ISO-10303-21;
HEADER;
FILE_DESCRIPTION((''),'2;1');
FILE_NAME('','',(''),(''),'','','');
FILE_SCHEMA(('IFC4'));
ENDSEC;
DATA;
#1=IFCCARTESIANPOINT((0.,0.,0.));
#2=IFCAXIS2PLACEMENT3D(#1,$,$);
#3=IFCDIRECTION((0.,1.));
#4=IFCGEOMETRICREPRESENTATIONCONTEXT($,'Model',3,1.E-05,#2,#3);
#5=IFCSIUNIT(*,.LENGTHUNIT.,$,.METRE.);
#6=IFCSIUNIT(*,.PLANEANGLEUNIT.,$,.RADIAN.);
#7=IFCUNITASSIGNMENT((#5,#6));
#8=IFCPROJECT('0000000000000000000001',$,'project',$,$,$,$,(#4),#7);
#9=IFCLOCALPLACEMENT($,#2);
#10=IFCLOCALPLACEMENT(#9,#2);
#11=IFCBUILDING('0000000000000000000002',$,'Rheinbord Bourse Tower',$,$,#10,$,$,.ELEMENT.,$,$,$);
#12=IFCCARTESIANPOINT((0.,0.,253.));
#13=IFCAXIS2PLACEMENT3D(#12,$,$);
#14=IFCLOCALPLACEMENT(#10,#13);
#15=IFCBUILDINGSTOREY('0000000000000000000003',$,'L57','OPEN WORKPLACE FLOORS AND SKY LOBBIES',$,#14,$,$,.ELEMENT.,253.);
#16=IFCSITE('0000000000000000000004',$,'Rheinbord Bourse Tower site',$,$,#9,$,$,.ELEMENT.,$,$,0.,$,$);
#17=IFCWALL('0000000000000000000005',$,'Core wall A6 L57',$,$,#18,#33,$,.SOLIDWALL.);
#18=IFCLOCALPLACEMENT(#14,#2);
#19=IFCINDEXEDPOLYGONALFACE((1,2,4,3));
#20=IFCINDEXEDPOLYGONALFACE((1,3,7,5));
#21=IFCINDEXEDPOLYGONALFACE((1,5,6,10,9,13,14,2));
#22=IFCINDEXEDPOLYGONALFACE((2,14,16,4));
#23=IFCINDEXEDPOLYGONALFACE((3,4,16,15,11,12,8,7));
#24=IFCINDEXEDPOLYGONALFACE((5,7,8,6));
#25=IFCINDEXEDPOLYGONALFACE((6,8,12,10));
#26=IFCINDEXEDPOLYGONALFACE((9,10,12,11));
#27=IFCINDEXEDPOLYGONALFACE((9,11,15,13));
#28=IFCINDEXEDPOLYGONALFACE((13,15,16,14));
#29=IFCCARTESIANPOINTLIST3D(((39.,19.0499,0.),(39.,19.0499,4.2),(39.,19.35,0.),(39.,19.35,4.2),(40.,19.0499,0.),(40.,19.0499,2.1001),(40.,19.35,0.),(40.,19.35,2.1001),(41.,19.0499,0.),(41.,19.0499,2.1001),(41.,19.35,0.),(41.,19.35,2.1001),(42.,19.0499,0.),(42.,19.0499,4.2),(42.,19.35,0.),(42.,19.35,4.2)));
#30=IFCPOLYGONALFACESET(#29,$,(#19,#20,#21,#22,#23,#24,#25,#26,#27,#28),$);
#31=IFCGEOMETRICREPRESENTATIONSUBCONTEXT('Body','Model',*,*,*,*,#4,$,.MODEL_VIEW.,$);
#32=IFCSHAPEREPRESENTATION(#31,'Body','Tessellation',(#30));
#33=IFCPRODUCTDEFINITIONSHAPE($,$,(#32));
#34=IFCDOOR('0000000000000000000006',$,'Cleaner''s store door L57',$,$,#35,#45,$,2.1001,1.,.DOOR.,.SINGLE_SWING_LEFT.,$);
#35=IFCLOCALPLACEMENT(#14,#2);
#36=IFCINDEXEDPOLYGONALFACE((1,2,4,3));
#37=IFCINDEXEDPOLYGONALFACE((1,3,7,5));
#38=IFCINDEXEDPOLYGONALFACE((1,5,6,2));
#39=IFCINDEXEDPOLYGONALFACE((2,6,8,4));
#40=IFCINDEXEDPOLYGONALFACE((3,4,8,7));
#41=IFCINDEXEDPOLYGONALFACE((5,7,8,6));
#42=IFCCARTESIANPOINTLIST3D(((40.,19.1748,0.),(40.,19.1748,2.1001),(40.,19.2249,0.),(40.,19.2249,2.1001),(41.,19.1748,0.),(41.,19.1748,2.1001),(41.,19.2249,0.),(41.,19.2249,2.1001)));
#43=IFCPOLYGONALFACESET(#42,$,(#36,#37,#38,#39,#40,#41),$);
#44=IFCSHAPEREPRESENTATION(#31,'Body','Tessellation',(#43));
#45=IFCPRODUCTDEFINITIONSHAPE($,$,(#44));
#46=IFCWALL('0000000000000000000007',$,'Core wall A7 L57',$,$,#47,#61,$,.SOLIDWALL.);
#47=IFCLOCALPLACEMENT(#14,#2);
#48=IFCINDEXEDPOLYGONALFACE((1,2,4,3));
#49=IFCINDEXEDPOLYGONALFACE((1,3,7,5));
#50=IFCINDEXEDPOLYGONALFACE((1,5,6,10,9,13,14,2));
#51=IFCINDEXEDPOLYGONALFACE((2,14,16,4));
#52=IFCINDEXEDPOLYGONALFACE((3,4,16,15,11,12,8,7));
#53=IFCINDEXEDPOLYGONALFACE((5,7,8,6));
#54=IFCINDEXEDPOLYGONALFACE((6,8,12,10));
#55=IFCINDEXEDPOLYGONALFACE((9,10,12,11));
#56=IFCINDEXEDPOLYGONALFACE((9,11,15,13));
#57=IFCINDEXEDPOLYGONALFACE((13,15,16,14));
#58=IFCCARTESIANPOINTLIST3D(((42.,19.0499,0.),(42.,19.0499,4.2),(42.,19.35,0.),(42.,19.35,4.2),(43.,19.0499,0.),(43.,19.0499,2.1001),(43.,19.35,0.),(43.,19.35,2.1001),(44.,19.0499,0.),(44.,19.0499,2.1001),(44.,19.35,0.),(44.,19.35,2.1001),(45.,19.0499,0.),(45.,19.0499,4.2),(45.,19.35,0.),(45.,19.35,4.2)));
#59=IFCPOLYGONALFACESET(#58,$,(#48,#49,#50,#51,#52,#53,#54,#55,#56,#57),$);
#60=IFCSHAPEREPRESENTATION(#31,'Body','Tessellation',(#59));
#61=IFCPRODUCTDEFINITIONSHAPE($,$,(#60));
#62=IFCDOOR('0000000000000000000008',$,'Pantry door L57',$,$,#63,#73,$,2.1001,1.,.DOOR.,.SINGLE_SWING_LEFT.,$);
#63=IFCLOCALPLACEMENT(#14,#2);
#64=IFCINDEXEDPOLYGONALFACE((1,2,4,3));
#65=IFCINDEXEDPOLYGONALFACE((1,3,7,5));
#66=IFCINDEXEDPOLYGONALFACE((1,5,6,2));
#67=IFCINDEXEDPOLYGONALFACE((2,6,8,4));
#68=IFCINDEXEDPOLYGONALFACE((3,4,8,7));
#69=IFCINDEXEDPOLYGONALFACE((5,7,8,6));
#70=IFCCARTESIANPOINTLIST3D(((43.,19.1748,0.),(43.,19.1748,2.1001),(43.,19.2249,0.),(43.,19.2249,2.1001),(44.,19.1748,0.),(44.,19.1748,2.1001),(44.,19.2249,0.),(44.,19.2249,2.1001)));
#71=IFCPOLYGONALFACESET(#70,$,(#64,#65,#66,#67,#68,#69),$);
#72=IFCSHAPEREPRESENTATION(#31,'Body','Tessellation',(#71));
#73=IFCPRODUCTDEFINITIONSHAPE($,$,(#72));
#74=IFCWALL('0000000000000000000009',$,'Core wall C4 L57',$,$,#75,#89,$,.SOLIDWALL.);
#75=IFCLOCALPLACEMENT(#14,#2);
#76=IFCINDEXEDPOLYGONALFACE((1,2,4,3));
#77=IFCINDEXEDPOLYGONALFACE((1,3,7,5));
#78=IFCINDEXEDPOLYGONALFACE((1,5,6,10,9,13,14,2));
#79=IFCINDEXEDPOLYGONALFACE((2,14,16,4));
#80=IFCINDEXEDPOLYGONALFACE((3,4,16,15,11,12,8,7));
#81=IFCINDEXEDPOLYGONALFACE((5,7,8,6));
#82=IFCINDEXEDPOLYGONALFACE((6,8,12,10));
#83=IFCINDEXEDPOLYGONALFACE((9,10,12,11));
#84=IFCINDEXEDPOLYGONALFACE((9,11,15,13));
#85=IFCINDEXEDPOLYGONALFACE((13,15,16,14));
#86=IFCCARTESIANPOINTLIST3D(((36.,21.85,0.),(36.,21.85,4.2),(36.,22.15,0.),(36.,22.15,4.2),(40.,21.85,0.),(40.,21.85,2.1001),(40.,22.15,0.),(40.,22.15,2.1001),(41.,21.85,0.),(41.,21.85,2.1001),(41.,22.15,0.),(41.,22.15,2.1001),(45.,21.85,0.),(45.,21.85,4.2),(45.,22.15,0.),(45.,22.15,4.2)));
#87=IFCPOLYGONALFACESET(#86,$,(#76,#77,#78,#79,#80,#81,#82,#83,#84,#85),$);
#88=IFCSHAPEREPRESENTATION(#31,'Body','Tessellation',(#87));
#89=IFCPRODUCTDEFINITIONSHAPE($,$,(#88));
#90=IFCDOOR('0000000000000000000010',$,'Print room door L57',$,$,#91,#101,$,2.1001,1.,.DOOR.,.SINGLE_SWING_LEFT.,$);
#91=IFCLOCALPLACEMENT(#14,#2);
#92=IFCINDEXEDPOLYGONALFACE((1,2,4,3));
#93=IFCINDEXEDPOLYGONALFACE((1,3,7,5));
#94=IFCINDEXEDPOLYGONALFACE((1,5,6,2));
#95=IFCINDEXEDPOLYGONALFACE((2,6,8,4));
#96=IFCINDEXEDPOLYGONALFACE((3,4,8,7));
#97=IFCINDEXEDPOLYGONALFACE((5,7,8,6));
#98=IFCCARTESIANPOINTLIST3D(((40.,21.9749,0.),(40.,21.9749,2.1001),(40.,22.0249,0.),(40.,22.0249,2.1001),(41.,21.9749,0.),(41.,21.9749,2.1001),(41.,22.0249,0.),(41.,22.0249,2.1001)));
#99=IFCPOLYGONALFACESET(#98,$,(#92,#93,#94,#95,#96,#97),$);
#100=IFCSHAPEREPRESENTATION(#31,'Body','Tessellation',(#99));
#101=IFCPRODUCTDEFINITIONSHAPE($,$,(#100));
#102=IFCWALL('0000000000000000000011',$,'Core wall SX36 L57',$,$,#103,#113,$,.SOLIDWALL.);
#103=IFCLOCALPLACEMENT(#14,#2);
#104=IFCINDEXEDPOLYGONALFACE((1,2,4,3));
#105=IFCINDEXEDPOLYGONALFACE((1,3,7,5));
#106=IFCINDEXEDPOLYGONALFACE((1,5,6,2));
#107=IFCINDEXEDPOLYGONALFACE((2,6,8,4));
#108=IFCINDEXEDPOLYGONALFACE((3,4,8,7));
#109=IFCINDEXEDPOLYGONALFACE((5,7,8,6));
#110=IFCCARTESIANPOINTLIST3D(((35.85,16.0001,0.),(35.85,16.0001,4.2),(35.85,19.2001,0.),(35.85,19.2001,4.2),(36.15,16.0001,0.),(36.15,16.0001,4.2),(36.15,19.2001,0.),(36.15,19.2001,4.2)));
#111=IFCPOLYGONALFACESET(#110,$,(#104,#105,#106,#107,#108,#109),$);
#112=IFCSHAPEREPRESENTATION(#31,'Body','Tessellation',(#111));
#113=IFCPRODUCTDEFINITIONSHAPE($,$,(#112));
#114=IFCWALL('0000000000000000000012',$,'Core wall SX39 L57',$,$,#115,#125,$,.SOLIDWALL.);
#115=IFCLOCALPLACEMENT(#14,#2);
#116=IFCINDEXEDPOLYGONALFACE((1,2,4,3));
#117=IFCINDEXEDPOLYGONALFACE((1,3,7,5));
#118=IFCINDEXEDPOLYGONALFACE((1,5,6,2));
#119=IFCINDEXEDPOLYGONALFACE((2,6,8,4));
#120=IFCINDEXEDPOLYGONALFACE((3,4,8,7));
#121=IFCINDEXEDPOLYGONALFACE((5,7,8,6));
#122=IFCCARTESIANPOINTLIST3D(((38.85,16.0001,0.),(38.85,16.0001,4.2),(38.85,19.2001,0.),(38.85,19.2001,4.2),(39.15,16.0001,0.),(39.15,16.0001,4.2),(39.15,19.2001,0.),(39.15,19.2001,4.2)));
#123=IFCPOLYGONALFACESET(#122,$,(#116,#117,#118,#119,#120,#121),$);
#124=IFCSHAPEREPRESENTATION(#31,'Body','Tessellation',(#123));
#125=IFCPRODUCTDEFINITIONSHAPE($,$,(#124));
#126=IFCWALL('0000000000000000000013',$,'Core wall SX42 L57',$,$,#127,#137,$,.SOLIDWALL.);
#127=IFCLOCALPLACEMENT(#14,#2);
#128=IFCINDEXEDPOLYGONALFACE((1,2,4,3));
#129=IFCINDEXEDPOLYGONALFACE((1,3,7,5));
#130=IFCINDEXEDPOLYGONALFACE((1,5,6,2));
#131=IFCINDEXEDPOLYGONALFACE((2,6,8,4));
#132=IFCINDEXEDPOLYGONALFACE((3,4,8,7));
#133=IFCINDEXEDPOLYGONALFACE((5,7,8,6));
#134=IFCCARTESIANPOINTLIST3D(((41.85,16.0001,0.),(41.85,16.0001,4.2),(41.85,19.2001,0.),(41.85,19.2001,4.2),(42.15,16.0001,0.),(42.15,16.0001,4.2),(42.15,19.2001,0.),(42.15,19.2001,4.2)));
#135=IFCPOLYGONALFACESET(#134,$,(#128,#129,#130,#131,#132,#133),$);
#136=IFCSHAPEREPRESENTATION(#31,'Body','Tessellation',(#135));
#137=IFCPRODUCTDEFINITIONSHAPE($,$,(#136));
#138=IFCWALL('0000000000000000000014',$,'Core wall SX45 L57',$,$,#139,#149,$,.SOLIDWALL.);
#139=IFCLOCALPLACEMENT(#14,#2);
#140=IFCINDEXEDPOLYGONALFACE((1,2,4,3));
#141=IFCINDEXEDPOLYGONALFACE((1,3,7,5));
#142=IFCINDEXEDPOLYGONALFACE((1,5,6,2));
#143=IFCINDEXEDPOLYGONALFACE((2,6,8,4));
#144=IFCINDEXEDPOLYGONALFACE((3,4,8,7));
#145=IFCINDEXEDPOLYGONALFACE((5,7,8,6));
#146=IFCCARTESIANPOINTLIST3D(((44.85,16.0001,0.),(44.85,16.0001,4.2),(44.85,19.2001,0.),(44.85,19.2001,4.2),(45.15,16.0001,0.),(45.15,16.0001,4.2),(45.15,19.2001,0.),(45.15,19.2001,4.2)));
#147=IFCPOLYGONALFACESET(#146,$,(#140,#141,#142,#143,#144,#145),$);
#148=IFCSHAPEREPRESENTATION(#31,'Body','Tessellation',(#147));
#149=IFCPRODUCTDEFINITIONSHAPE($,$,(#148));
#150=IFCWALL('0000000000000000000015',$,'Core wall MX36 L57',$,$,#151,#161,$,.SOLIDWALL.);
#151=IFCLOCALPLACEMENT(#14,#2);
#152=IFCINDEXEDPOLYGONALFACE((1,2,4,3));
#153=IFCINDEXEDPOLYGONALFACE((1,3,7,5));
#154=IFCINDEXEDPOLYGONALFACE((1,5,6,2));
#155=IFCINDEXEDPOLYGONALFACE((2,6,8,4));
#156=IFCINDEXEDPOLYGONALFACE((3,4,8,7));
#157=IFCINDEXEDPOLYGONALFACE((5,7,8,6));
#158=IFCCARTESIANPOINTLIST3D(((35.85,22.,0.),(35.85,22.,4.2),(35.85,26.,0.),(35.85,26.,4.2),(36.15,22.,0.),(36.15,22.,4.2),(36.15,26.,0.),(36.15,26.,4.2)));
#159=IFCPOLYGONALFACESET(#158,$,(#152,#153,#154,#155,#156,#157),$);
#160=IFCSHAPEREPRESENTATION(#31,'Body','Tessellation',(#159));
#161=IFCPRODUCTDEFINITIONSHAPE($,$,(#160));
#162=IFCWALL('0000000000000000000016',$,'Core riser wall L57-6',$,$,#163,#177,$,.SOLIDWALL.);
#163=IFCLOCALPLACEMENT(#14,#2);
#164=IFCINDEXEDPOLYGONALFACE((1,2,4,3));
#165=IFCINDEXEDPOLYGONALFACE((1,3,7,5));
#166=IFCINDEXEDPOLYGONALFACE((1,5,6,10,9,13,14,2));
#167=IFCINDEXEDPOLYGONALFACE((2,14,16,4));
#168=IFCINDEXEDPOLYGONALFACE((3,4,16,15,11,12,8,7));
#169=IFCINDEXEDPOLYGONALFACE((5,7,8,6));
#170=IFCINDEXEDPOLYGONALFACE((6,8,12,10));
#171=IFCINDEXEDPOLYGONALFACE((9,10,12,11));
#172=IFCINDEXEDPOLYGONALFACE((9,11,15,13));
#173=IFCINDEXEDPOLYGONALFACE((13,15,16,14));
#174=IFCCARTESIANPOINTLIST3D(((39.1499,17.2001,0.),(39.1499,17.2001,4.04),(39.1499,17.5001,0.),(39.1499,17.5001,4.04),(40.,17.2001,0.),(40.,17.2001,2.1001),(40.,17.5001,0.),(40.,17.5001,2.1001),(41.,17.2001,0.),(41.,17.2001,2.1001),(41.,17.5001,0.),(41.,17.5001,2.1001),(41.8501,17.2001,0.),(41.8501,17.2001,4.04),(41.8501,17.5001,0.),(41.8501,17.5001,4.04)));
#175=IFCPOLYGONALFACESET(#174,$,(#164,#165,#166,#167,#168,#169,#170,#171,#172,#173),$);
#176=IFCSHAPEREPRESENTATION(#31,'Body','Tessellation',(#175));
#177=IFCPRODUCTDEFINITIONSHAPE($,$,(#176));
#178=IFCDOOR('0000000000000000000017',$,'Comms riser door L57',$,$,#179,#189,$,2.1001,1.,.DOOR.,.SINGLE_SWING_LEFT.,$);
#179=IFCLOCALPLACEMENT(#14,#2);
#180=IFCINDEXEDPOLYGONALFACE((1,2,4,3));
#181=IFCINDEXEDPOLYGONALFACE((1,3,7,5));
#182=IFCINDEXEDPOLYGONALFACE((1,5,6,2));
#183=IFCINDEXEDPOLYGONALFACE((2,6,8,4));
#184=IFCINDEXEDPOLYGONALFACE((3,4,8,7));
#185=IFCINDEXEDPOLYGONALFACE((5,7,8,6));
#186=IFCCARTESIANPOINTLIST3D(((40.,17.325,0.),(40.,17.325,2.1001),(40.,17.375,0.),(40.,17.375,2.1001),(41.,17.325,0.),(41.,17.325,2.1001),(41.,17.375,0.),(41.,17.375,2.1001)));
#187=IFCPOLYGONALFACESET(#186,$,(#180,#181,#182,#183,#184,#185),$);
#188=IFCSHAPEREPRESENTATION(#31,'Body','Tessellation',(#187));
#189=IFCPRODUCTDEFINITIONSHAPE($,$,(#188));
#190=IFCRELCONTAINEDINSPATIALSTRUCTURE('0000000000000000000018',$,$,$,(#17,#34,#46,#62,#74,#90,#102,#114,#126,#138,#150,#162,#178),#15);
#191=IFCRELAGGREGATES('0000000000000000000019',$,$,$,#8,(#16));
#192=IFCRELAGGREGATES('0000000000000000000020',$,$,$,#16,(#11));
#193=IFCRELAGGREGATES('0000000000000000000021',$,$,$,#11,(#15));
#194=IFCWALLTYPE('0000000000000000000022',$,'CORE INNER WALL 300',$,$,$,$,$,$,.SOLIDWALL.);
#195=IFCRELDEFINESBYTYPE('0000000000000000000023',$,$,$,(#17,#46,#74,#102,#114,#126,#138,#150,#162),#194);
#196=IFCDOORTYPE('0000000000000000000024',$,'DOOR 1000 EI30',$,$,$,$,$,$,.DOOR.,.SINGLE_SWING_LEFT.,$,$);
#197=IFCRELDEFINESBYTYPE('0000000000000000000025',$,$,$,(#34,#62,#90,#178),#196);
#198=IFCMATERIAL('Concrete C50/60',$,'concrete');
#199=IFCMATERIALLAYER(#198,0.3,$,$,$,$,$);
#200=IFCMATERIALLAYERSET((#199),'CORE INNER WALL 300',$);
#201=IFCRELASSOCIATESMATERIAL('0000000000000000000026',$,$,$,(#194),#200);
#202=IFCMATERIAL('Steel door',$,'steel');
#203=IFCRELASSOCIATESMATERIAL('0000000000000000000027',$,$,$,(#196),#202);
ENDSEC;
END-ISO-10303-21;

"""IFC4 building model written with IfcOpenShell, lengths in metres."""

from ifc_helpers import new_model, si_unit, direction, frame, frame_2d, origin, place, context, subcontext, project, spatial, rectangle, extrude, material, layer, layer_set, type_object, element, fill, save


model = new_model("IFC4")

# Units and contexts
model_context = context("Model", 3, precision=1e-05, world=origin(), true_north=direction((0.0, 1.0)))
body_context = subcontext(model_context, "Body", "Model", "MODEL_VIEW")
ifc_project = project(units=[si_unit("LENGTHUNIT", "METRE"), si_unit("PLANEANGLEUNIT", "RADIAN")], contexts=[model_context])

# Site, building, storey
site_placement = place(None, origin())
site = spatial("IfcSite", under=ifc_project, at=site_placement, Name="Rheinbord Bourse Tower site", CompositionType="ELEMENT", RefElevation=0.0)
building_placement = place(site_placement, origin())
building = spatial("IfcBuilding", under=site, at=building_placement, Name="Rheinbord Bourse Tower", CompositionType="ELEMENT")
storey_placement = place(building_placement, frame((0.0, 0.0, 253.0)))
storey = spatial("IfcBuildingStorey", under=building, at=storey_placement, Name="L57", Description="OPEN WORKPLACE FLOORS AND SKY LOBBIES", CompositionType="ELEMENT", Elevation=253.0)

# Walls, openings, doors
ifc_material_1 = material(Name="Concrete C50/60", Category="concrete")
ifc_layer_1 = layer(ifc_material_1, 0.3)
ifc_layer_set_1 = layer_set([ifc_layer_1], Name="CORE INNER WALL 300")
wall_type_1 = type_object("IfcWallType", Name="CORE INNER WALL 300", PredefinedType="SOLIDWALL", material=ifc_layer_set_1)
wall_1_placement = place(storey_placement, frame((39.0, 19.2, 0.0), z_axis=(0.0, 0.0, 1.0), x_axis=(1.0, 0.0, 0.0)))
wall_1 = element("IfcWall", 1, at=wall_1_placement, inside=storey, type_object=wall_type_1, Name="Core wall A6 L57", PredefinedType="SOLIDWALL", context=body_context, shape_type="SweptSolid", body=[
    extrude(rectangle(XDim=3.0, YDim=0.3, at=frame_2d((1.5, 0.0))), origin(), (0.0, 0.0, 1.0), 4.2),
])
opening_1_placement = place(wall_1_placement, frame((1.0, 0.0, 0.0)))
opening_1 = element("IfcOpeningElement", 2, at=opening_1_placement, cuts=wall_1, PredefinedType="OPENING", context=body_context, shape_type="SweptSolid", body=[
    extrude(rectangle(XDim=1.0, YDim=2.1001, at=frame_2d((0.5, 1.05))), frame((0.0, 0.1599, 0.0), z_axis=(0.0, -1.0, 0.0), x_axis=(1.0, 0.0, 0.0)), (0.0, 0.0, 1.0), 0.3201),
])
ifc_material_2 = material(Name="Steel door", Category="steel")
door_type = type_object("IfcDoorType", Name="DOOR 1000 EI30", OperationType="SINGLE_SWING_LEFT", PredefinedType="DOOR", material=ifc_material_2)
door_1_placement = place(opening_1_placement, origin())
door_1 = element("IfcDoor", 3, at=door_1_placement, inside=storey, type_object=door_type, Name="Cleaner's store door L57", OperationType="SINGLE_SWING_LEFT", OverallHeight=2.1001, OverallWidth=1.0, PredefinedType="DOOR", context=body_context, shape_type="SweptSolid", body=[
    extrude(rectangle(XDim=1.0, YDim=2.1001, at=frame_2d((0.5, 1.05))), frame((0.0, 0.0249, 0.0), z_axis=(0.0, -1.0, 0.0), x_axis=(1.0, 0.0, 0.0)), (0.0, 0.0, 1.0), 0.05),
])
fill(opening_1, door_1)
wall_2_placement = place(storey_placement, frame((42.0, 19.2, 0.0), z_axis=(0.0, 0.0, 1.0), x_axis=(1.0, 0.0, 0.0)))
wall_2 = element("IfcWall", 4, at=wall_2_placement, inside=storey, type_object=wall_type_1, Name="Core wall A7 L57", PredefinedType="SOLIDWALL", context=body_context, shape_type="SweptSolid", body=[
    extrude(rectangle(XDim=3.0, YDim=0.3, at=frame_2d((1.5, 0.0))), origin(), (0.0, 0.0, 1.0), 4.2),
])
opening_2_placement = place(wall_2_placement, frame((1.0, 0.0, 0.0)))
opening_2 = element("IfcOpeningElement", 5, at=opening_2_placement, cuts=wall_2, PredefinedType="OPENING", context=body_context, shape_type="SweptSolid", body=[
    extrude(rectangle(XDim=1.0, YDim=2.1001, at=frame_2d((0.5, 1.05))), frame((0.0, 0.1599, 0.0), z_axis=(0.0, -1.0, 0.0), x_axis=(1.0, 0.0, 0.0)), (0.0, 0.0, 1.0), 0.3201),
])
door_2_placement = place(opening_2_placement, origin())
door_2 = element("IfcDoor", 6, at=door_2_placement, inside=storey, type_object=door_type, Name="Pantry door L57", OperationType="SINGLE_SWING_LEFT", OverallHeight=2.1001, OverallWidth=1.0, PredefinedType="DOOR", context=body_context, shape_type="SweptSolid", body=[
    extrude(rectangle(XDim=1.0, YDim=2.1001, at=frame_2d((0.5, 1.05))), frame((0.0, 0.0249, 0.0), z_axis=(0.0, -1.0, 0.0), x_axis=(1.0, 0.0, 0.0)), (0.0, 0.0, 1.0), 0.05),
])
fill(opening_2, door_2)
wall_3_placement = place(storey_placement, frame((36.0, 22.0, 0.0), z_axis=(0.0, 0.0, 1.0), x_axis=(1.0, 0.0, 0.0)))
wall_3 = element("IfcWall", 7, at=wall_3_placement, inside=storey, type_object=wall_type_1, Name="Core wall C4 L57", PredefinedType="SOLIDWALL", context=body_context, shape_type="SweptSolid", body=[
    extrude(rectangle(XDim=9.0, YDim=0.3, at=frame_2d((4.5, 0.0))), origin(), (0.0, 0.0, 1.0), 4.2),
])
opening_3_placement = place(wall_3_placement, frame((4.0, 0.0, 0.0)))
opening_3 = element("IfcOpeningElement", 8, at=opening_3_placement, cuts=wall_3, PredefinedType="OPENING", context=body_context, shape_type="SweptSolid", body=[
    extrude(rectangle(XDim=1.0, YDim=2.1001, at=frame_2d((0.5, 1.05))), frame((0.0, 0.1599, 0.0), z_axis=(0.0, -1.0, 0.0), x_axis=(1.0, 0.0, 0.0)), (0.0, 0.0, 1.0), 0.3201),
])
door_3_placement = place(opening_3_placement, origin())
door_3 = element("IfcDoor", 9, at=door_3_placement, inside=storey, type_object=door_type, Name="Print room door L57", OperationType="SINGLE_SWING_LEFT", OverallHeight=2.1001, OverallWidth=1.0, PredefinedType="DOOR", context=body_context, shape_type="SweptSolid", body=[
    extrude(rectangle(XDim=1.0, YDim=2.1001, at=frame_2d((0.5, 1.05))), frame((0.0, 0.0249, 0.0), z_axis=(0.0, -1.0, 0.0), x_axis=(1.0, 0.0, 0.0)), (0.0, 0.0, 1.0), 0.05),
])
fill(opening_3, door_3)

# Walls
for number, where, z_axis, x_axis, name in (
    (10, (36.0, 16.0, 0.0), (0.0, 0.0, 1.0), (0.0, 1.0, 0.0), "Core wall SX36 L57"),
    (11, (39.0, 16.0, 0.0), (0.0, 0.0, 1.0), (0.0, 1.0, 0.0), "Core wall SX39 L57"),
    (12, (42.0, 16.0, 0.0), (0.0, 0.0, 1.0), (0.0, 1.0, 0.0), "Core wall SX42 L57"),
    (13, (45.0, 16.0, 0.0), (0.0, 0.0, 1.0), (0.0, 1.0, 0.0), "Core wall SX45 L57"),
):
    element("IfcWall", number, at=place(storey_placement, frame(where, z_axis=z_axis, x_axis=x_axis)), inside=storey, type_object=wall_type_1, Name=name, PredefinedType="SOLIDWALL", context=body_context, shape_type="SweptSolid", body=[
        extrude(rectangle(XDim=3.2, YDim=0.3, at=frame_2d((1.6001, 0.0))), origin(), (0.0, 0.0, 1.0), 4.2),
    ])
wall_4_placement = place(storey_placement, frame((36.0, 22.0, 0.0), z_axis=(0.0, 0.0, 1.0), x_axis=(0.0, 1.0, 0.0)))
element("IfcWall", 14, at=wall_4_placement, inside=storey, type_object=wall_type_1, Name="Core wall MX36 L57", PredefinedType="SOLIDWALL", context=body_context, shape_type="SweptSolid", body=[
    extrude(rectangle(XDim=4.0, YDim=0.3, at=frame_2d((2.0, 0.0))), origin(), (0.0, 0.0, 1.0), 4.2),
])

# Wall, opening, door
wall_5_placement = place(storey_placement, frame((39.1499, 17.3501, 0.0), z_axis=(0.0, 0.0, 1.0), x_axis=(1.0, 0.0, 0.0)))
wall_5 = element("IfcWall", 15, at=wall_5_placement, inside=storey, type_object=wall_type_1, Name="Core riser wall L57-6", PredefinedType="SOLIDWALL", context=body_context, shape_type="SweptSolid", body=[
    extrude(rectangle(XDim=2.7002, YDim=0.3, at=frame_2d((1.3501, 0.0))), origin(), (0.0, 0.0, 1.0), 4.04),
])
opening_4_placement = place(wall_5_placement, frame((0.8501, 0.0, 0.0)))
opening_4 = element("IfcOpeningElement", 16, at=opening_4_placement, cuts=wall_5, PredefinedType="OPENING", context=body_context, shape_type="SweptSolid", body=[
    extrude(rectangle(XDim=1.0, YDim=2.1001, at=frame_2d((0.5, 1.05))), frame((0.0, 0.1599, 0.0), z_axis=(0.0, -1.0, 0.0), x_axis=(1.0, 0.0, 0.0)), (0.0, 0.0, 1.0), 0.3201),
])
door_4_placement = place(opening_4_placement, origin())
door_4 = element("IfcDoor", 17, at=door_4_placement, inside=storey, type_object=door_type, Name="Comms riser door L57", OperationType="SINGLE_SWING_LEFT", OverallHeight=2.1001, OverallWidth=1.0, PredefinedType="DOOR", context=body_context, shape_type="SweptSolid", body=[
    extrude(rectangle(XDim=1.0, YDim=2.1001, at=frame_2d((0.5, 1.05))), frame((0.0, 0.0249, 0.0), z_axis=(0.0, -1.0, 0.0), x_axis=(1.0, 0.0, 0.0)), (0.0, 0.0, 1.0), 0.05),
])
fill(opening_4, door_4)

save(model, "model.ifc")
